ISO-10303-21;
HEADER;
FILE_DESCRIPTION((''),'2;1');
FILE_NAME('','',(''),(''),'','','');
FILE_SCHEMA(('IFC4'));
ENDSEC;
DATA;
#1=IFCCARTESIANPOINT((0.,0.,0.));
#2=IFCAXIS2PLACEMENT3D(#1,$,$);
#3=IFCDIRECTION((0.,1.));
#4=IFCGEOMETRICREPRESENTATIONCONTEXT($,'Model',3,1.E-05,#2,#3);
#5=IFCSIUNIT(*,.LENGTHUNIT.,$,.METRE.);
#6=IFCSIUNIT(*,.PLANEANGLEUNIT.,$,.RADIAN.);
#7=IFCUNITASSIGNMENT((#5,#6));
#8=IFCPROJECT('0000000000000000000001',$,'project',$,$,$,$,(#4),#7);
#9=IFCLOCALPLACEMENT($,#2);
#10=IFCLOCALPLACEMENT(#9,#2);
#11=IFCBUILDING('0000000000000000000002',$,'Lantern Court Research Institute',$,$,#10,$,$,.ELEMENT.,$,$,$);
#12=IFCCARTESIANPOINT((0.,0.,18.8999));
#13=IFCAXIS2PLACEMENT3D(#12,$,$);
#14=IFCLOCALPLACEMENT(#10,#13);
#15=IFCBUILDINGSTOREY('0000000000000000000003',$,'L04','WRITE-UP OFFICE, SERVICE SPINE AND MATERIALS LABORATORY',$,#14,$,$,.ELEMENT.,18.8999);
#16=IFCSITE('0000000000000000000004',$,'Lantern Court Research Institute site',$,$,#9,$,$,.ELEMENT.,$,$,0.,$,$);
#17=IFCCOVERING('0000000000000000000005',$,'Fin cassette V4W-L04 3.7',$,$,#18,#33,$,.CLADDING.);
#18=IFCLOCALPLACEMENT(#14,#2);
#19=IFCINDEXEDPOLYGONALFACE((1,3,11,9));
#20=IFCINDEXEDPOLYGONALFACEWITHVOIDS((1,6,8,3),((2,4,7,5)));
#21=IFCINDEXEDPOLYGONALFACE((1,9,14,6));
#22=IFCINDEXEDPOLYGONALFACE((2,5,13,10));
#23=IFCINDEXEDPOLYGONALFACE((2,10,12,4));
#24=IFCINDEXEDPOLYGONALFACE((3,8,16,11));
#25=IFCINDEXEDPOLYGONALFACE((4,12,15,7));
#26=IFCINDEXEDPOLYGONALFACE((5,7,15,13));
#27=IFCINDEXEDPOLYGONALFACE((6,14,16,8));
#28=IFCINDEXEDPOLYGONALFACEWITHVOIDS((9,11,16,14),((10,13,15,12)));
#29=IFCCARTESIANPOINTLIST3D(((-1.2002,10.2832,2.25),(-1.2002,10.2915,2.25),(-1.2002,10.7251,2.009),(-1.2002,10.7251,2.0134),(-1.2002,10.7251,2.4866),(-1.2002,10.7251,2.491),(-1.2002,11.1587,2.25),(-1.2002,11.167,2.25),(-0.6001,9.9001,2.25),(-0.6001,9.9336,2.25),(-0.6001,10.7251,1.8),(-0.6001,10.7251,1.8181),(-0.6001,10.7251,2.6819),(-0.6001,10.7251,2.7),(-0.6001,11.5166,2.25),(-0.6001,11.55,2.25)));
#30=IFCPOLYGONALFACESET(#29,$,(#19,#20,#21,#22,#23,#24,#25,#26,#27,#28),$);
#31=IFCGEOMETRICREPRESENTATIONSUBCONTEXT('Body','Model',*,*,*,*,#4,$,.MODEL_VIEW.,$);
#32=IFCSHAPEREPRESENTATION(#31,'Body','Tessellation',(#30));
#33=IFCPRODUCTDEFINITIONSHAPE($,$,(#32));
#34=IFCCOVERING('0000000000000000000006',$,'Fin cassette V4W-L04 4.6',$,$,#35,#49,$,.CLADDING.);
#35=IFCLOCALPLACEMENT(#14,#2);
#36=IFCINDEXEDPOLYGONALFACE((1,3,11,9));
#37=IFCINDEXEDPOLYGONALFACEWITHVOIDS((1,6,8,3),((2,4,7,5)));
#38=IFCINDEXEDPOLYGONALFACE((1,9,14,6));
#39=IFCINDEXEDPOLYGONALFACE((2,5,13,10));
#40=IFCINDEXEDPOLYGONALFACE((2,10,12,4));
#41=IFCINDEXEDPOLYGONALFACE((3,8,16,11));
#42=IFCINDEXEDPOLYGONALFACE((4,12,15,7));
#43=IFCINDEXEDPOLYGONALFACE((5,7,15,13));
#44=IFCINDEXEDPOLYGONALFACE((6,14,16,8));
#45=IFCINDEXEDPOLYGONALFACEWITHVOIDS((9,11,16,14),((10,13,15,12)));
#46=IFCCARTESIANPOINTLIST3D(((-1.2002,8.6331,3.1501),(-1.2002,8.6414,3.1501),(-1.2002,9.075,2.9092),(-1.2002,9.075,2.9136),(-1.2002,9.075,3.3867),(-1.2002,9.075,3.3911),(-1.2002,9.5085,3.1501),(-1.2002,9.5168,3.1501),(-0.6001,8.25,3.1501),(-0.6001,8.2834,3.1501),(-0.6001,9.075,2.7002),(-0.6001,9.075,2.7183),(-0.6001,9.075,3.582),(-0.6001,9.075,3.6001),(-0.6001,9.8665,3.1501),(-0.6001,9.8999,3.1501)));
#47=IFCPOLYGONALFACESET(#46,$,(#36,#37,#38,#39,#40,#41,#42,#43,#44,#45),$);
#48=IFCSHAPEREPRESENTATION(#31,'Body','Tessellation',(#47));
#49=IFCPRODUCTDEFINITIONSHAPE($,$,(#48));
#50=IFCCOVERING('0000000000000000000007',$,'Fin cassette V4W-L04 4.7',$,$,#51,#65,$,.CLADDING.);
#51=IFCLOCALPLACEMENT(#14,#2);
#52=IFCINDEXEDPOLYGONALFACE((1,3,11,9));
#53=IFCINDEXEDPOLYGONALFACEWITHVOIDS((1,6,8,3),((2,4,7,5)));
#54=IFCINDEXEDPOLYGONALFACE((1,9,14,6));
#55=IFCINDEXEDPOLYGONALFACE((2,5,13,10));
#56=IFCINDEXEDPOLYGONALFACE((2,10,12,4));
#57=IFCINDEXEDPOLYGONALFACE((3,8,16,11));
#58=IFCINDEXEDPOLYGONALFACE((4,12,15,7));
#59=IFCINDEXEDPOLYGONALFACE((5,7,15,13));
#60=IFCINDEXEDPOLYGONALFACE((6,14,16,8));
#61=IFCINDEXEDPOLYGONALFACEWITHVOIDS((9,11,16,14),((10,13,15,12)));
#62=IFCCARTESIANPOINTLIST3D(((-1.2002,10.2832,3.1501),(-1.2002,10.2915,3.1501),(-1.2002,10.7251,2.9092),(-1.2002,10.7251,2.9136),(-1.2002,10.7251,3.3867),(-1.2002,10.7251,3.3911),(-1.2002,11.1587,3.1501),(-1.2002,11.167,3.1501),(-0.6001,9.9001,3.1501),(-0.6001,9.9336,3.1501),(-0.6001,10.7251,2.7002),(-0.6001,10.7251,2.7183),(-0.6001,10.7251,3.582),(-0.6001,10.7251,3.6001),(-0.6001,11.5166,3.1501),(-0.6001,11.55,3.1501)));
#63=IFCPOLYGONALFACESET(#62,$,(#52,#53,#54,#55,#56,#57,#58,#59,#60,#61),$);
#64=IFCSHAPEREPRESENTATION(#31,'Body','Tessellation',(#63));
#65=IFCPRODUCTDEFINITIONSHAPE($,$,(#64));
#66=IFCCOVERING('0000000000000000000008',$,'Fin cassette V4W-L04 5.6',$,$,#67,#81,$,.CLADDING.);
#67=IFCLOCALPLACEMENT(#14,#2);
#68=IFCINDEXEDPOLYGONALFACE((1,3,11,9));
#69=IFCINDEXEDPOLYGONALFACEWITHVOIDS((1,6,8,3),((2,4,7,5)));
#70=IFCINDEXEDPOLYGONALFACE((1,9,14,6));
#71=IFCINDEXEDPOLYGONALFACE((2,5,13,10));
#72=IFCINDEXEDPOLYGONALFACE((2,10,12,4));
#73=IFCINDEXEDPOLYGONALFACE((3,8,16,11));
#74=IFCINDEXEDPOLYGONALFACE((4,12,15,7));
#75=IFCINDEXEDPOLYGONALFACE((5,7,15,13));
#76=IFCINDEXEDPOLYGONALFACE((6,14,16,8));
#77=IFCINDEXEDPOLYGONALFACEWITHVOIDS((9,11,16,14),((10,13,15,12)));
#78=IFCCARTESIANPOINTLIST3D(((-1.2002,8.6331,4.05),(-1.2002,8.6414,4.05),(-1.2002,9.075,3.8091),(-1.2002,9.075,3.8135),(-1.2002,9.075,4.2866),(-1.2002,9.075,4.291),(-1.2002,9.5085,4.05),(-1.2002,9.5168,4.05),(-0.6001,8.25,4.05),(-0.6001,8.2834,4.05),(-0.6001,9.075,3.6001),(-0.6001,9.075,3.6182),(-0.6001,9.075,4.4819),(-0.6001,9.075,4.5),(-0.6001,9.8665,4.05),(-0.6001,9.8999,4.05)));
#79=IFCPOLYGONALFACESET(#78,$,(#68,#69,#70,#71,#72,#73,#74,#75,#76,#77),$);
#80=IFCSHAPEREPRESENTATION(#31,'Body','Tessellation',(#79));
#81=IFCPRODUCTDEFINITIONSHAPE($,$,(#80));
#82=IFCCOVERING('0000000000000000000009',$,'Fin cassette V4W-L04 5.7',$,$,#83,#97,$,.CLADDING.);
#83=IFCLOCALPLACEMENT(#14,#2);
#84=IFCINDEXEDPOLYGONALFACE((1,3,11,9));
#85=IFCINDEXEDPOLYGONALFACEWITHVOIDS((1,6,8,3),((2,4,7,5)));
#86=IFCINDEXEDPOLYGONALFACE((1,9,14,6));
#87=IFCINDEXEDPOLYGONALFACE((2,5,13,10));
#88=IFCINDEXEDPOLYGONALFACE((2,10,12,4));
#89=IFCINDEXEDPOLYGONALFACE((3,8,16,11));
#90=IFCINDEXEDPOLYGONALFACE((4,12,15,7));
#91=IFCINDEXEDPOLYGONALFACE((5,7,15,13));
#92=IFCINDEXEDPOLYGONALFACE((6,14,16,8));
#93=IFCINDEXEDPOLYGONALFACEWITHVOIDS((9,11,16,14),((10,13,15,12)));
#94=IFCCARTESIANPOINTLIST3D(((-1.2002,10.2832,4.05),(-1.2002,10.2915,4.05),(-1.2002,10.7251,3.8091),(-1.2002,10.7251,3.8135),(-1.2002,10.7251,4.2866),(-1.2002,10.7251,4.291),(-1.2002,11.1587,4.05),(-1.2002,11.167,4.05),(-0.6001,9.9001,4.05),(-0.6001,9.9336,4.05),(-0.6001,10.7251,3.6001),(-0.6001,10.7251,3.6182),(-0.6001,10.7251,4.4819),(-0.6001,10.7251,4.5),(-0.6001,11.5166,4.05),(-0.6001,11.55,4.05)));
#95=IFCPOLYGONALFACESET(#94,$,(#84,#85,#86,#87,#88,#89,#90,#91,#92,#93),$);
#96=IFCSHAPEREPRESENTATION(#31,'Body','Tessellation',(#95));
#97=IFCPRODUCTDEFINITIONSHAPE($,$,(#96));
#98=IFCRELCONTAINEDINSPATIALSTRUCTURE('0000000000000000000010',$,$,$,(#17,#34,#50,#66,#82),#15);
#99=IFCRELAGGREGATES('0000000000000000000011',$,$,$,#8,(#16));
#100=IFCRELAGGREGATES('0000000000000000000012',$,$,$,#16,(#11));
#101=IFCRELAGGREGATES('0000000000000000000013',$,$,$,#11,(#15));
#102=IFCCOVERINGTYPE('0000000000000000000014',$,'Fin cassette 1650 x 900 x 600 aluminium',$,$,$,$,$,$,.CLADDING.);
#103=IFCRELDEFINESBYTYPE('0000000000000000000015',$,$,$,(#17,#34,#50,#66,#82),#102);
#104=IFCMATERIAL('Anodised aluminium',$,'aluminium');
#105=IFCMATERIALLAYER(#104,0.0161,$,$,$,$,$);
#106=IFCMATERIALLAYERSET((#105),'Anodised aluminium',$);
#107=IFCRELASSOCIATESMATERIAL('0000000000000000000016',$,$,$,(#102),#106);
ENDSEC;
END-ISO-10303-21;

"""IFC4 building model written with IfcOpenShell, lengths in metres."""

from ifc_helpers import new_model, entity, si_unit, direction, frame, origin, place, context, subcontext, project, spatial, material, layer, layer_set, type_object, element, save


model = new_model("IFC4")

# Units and contexts
model_context = context("Model", 3, precision=1e-05, world=origin(), true_north=direction((0.0, 1.0)))
body_context = subcontext(model_context, "Body", "Model", "MODEL_VIEW")
ifc_project = project(units=[si_unit("LENGTHUNIT", "METRE"), si_unit("PLANEANGLEUNIT", "RADIAN")], contexts=[model_context])

# Site, building, storey
site_placement = place(None, origin())
site = spatial("IfcSite", under=ifc_project, at=site_placement, Name="Lantern Court Research Institute site", CompositionType="ELEMENT", RefElevation=0.0)
building_placement = place(site_placement, origin())
building = spatial("IfcBuilding", under=site, at=building_placement, Name="Lantern Court Research Institute", CompositionType="ELEMENT")
storey_placement = place(building_placement, frame((0.0, 0.0, 18.8999)))
storey = spatial("IfcBuildingStorey", under=building, at=storey_placement, Name="L04", Description="WRITE-UP OFFICE, SERVICE SPINE AND MATERIALS LABORATORY", CompositionType="ELEMENT", Elevation=18.8999)

# Coverings
ifc_material_1 = material(Name="Anodised aluminium", Category="aluminium")
ifc_layer_1 = layer(ifc_material_1, 0.0161)
ifc_layer_set_1 = layer_set([ifc_layer_1], Name="Anodised aluminium")
covering_type = type_object("IfcCoveringType", Name="Fin cassette 1650 x 900 x 600 aluminium", PredefinedType="CLADDING", material=ifc_layer_set_1)
covering_1_placement = place(storey_placement, frame((-0.6001, 10.7251, 2.25), z_axis=(-1.0, 0.0, 0.0), x_axis=(0.0, -1.0, 0.0)))
cartesian_point_1 = entity("IfcCartesianPoint", [0.825, 0.0])
cartesian_point_2 = entity("IfcCartesianPoint", [0.7915, 0.0])
cartesian_point_3 = entity("IfcCartesianPoint", [0.4419, 0.0])
cartesian_point_4 = entity("IfcCartesianPoint", [0.4336, 0.0])
element("IfcCovering", 1, at=covering_1_placement, inside=storey, type_object=covering_type, Name="Fin cassette V4W-L04 3.7", PredefinedType="CLADDING", context=body_context, shape_type="SweptSolid", body=[
    entity("IfcExtrudedAreaSolidTapered", entity("IfcArbitraryProfileDefWithVoids", "AREA", None, entity("IfcPolyline", [cartesian_point_1, entity("IfcCartesianPoint", [0.0, 0.45]), entity("IfcCartesianPoint", [-0.825, 0.0]), entity("IfcCartesianPoint", [0.0, -0.45]), cartesian_point_1]), [entity("IfcPolyline", [cartesian_point_2, entity("IfcCartesianPoint", [0.0, 0.4319]), entity("IfcCartesianPoint", [-0.7915, 0.0]), entity("IfcCartesianPoint", [0.0, -0.4319]), cartesian_point_2])]), entity("IfcAxis2Placement3D", entity("IfcCartesianPoint", [0.0, 0.0, 0.0])), entity("IfcDirection", [0.0, 0.0, 1.0]), 0.6001, entity("IfcArbitraryProfileDefWithVoids", "AREA", None, entity("IfcPolyline", [cartesian_point_3, entity("IfcCartesianPoint", [0.0, 0.241]), entity("IfcCartesianPoint", [-0.4419, 0.0]), entity("IfcCartesianPoint", [0.0, -0.241]), cartesian_point_3]), [entity("IfcPolyline", [cartesian_point_4, entity("IfcCartesianPoint", [0.0, 0.2366]), entity("IfcCartesianPoint", [-0.4336, 0.0]), entity("IfcCartesianPoint", [0.0, -0.2366]), cartesian_point_4])])),
])
covering_2_placement = place(storey_placement, frame((-0.6001, 9.075, 3.1501), z_axis=(-1.0, 0.0, 0.0), x_axis=(0.0, -1.0, 0.0)))
cartesian_point_5 = entity("IfcCartesianPoint", [0.825, 0.0])
cartesian_point_6 = entity("IfcCartesianPoint", [0.7915, 0.0])
cartesian_point_7 = entity("IfcCartesianPoint", [0.4419, 0.0])
cartesian_point_8 = entity("IfcCartesianPoint", [0.4336, 0.0])
element("IfcCovering", 2, at=covering_2_placement, inside=storey, type_object=covering_type, Name="Fin cassette V4W-L04 4.6", PredefinedType="CLADDING", context=body_context, shape_type="SweptSolid", body=[
    entity("IfcExtrudedAreaSolidTapered", entity("IfcArbitraryProfileDefWithVoids", "AREA", None, entity("IfcPolyline", [cartesian_point_5, entity("IfcCartesianPoint", [0.0, 0.45]), entity("IfcCartesianPoint", [-0.825, 0.0]), entity("IfcCartesianPoint", [0.0, -0.45]), cartesian_point_5]), [entity("IfcPolyline", [cartesian_point_6, entity("IfcCartesianPoint", [0.0, 0.4319]), entity("IfcCartesianPoint", [-0.7915, 0.0]), entity("IfcCartesianPoint", [0.0, -0.4319]), cartesian_point_6])]), entity("IfcAxis2Placement3D", entity("IfcCartesianPoint", [0.0, 0.0, 0.0])), entity("IfcDirection", [0.0, 0.0, 1.0]), 0.6001, entity("IfcArbitraryProfileDefWithVoids", "AREA", None, entity("IfcPolyline", [cartesian_point_7, entity("IfcCartesianPoint", [0.0, 0.241]), entity("IfcCartesianPoint", [-0.4419, 0.0]), entity("IfcCartesianPoint", [0.0, -0.241]), cartesian_point_7]), [entity("IfcPolyline", [cartesian_point_8, entity("IfcCartesianPoint", [0.0, 0.2366]), entity("IfcCartesianPoint", [-0.4336, 0.0]), entity("IfcCartesianPoint", [0.0, -0.2366]), cartesian_point_8])])),
])
covering_3_placement = place(storey_placement, frame((-0.6001, 10.7251, 3.1501), z_axis=(-1.0, 0.0, 0.0), x_axis=(0.0, -1.0, 0.0)))
cartesian_point_9 = entity("IfcCartesianPoint", [0.825, 0.0])
cartesian_point_10 = entity("IfcCartesianPoint", [0.7915, 0.0])
cartesian_point_11 = entity("IfcCartesianPoint", [0.4419, 0.0])
cartesian_point_12 = entity("IfcCartesianPoint", [0.4336, 0.0])
element("IfcCovering", 3, at=covering_3_placement, inside=storey, type_object=covering_type, Name="Fin cassette V4W-L04 4.7", PredefinedType="CLADDING", context=body_context, shape_type="SweptSolid", body=[
    entity("IfcExtrudedAreaSolidTapered", entity("IfcArbitraryProfileDefWithVoids", "AREA", None, entity("IfcPolyline", [cartesian_point_9, entity("IfcCartesianPoint", [0.0, 0.45]), entity("IfcCartesianPoint", [-0.825, 0.0]), entity("IfcCartesianPoint", [0.0, -0.45]), cartesian_point_9]), [entity("IfcPolyline", [cartesian_point_10, entity("IfcCartesianPoint", [0.0, 0.4319]), entity("IfcCartesianPoint", [-0.7915, 0.0]), entity("IfcCartesianPoint", [0.0, -0.4319]), cartesian_point_10])]), entity("IfcAxis2Placement3D", entity("IfcCartesianPoint", [0.0, 0.0, 0.0])), entity("IfcDirection", [0.0, 0.0, 1.0]), 0.6001, entity("IfcArbitraryProfileDefWithVoids", "AREA", None, entity("IfcPolyline", [cartesian_point_11, entity("IfcCartesianPoint", [0.0, 0.241]), entity("IfcCartesianPoint", [-0.4419, 0.0]), entity("IfcCartesianPoint", [0.0, -0.241]), cartesian_point_11]), [entity("IfcPolyline", [cartesian_point_12, entity("IfcCartesianPoint", [0.0, 0.2366]), entity("IfcCartesianPoint", [-0.4336, 0.0]), entity("IfcCartesianPoint", [0.0, -0.2366]), cartesian_point_12])])),
])
covering_4_placement = place(storey_placement, frame((-0.6001, 9.075, 4.05), z_axis=(-1.0, 0.0, 0.0), x_axis=(0.0, -1.0, 0.0)))
cartesian_point_13 = entity("IfcCartesianPoint", [0.825, 0.0])
cartesian_point_14 = entity("IfcCartesianPoint", [0.7915, 0.0])
cartesian_point_15 = entity("IfcCartesianPoint", [0.4419, 0.0])
cartesian_point_16 = entity("IfcCartesianPoint", [0.4336, 0.0])
element("IfcCovering", 4, at=covering_4_placement, inside=storey, type_object=covering_type, Name="Fin cassette V4W-L04 5.6", PredefinedType="CLADDING", context=body_context, shape_type="SweptSolid", body=[
    entity("IfcExtrudedAreaSolidTapered", entity("IfcArbitraryProfileDefWithVoids", "AREA", None, entity("IfcPolyline", [cartesian_point_13, entity("IfcCartesianPoint", [0.0, 0.45]), entity("IfcCartesianPoint", [-0.825, 0.0]), entity("IfcCartesianPoint", [0.0, -0.45]), cartesian_point_13]), [entity("IfcPolyline", [cartesian_point_14, entity("IfcCartesianPoint", [0.0, 0.4319]), entity("IfcCartesianPoint", [-0.7915, 0.0]), entity("IfcCartesianPoint", [0.0, -0.4319]), cartesian_point_14])]), entity("IfcAxis2Placement3D", entity("IfcCartesianPoint", [0.0, 0.0, 0.0])), entity("IfcDirection", [0.0, 0.0, 1.0]), 0.6001, entity("IfcArbitraryProfileDefWithVoids", "AREA", None, entity("IfcPolyline", [cartesian_point_15, entity("IfcCartesianPoint", [0.0, 0.241]), entity("IfcCartesianPoint", [-0.4419, 0.0]), entity("IfcCartesianPoint", [0.0, -0.241]), cartesian_point_15]), [entity("IfcPolyline", [cartesian_point_16, entity("IfcCartesianPoint", [0.0, 0.2366]), entity("IfcCartesianPoint", [-0.4336, 0.0]), entity("IfcCartesianPoint", [0.0, -0.2366]), cartesian_point_16])])),
])
covering_5_placement = place(storey_placement, frame((-0.6001, 10.7251, 4.05), z_axis=(-1.0, 0.0, 0.0), x_axis=(0.0, -1.0, 0.0)))
cartesian_point_17 = entity("IfcCartesianPoint", [0.825, 0.0])
cartesian_point_18 = entity("IfcCartesianPoint", [0.7915, 0.0])
cartesian_point_19 = entity("IfcCartesianPoint", [0.4419, 0.0])
cartesian_point_20 = entity("IfcCartesianPoint", [0.4336, 0.0])
element("IfcCovering", 5, at=covering_5_placement, inside=storey, type_object=covering_type, Name="Fin cassette V4W-L04 5.7", PredefinedType="CLADDING", context=body_context, shape_type="SweptSolid", body=[
    entity("IfcExtrudedAreaSolidTapered", entity("IfcArbitraryProfileDefWithVoids", "AREA", None, entity("IfcPolyline", [cartesian_point_17, entity("IfcCartesianPoint", [0.0, 0.45]), entity("IfcCartesianPoint", [-0.825, 0.0]), entity("IfcCartesianPoint", [0.0, -0.45]), cartesian_point_17]), [entity("IfcPolyline", [cartesian_point_18, entity("IfcCartesianPoint", [0.0, 0.4319]), entity("IfcCartesianPoint", [-0.7915, 0.0]), entity("IfcCartesianPoint", [0.0, -0.4319]), cartesian_point_18])]), entity("IfcAxis2Placement3D", entity("IfcCartesianPoint", [0.0, 0.0, 0.0])), entity("IfcDirection", [0.0, 0.0, 1.0]), 0.6001, entity("IfcArbitraryProfileDefWithVoids", "AREA", None, entity("IfcPolyline", [cartesian_point_19, entity("IfcCartesianPoint", [0.0, 0.241]), entity("IfcCartesianPoint", [-0.4419, 0.0]), entity("IfcCartesianPoint", [0.0, -0.241]), cartesian_point_19]), [entity("IfcPolyline", [cartesian_point_20, entity("IfcCartesianPoint", [0.0, 0.2366]), entity("IfcCartesianPoint", [-0.4336, 0.0]), entity("IfcCartesianPoint", [0.0, -0.2366]), cartesian_point_20])])),
])

save(model, "model.ifc")
